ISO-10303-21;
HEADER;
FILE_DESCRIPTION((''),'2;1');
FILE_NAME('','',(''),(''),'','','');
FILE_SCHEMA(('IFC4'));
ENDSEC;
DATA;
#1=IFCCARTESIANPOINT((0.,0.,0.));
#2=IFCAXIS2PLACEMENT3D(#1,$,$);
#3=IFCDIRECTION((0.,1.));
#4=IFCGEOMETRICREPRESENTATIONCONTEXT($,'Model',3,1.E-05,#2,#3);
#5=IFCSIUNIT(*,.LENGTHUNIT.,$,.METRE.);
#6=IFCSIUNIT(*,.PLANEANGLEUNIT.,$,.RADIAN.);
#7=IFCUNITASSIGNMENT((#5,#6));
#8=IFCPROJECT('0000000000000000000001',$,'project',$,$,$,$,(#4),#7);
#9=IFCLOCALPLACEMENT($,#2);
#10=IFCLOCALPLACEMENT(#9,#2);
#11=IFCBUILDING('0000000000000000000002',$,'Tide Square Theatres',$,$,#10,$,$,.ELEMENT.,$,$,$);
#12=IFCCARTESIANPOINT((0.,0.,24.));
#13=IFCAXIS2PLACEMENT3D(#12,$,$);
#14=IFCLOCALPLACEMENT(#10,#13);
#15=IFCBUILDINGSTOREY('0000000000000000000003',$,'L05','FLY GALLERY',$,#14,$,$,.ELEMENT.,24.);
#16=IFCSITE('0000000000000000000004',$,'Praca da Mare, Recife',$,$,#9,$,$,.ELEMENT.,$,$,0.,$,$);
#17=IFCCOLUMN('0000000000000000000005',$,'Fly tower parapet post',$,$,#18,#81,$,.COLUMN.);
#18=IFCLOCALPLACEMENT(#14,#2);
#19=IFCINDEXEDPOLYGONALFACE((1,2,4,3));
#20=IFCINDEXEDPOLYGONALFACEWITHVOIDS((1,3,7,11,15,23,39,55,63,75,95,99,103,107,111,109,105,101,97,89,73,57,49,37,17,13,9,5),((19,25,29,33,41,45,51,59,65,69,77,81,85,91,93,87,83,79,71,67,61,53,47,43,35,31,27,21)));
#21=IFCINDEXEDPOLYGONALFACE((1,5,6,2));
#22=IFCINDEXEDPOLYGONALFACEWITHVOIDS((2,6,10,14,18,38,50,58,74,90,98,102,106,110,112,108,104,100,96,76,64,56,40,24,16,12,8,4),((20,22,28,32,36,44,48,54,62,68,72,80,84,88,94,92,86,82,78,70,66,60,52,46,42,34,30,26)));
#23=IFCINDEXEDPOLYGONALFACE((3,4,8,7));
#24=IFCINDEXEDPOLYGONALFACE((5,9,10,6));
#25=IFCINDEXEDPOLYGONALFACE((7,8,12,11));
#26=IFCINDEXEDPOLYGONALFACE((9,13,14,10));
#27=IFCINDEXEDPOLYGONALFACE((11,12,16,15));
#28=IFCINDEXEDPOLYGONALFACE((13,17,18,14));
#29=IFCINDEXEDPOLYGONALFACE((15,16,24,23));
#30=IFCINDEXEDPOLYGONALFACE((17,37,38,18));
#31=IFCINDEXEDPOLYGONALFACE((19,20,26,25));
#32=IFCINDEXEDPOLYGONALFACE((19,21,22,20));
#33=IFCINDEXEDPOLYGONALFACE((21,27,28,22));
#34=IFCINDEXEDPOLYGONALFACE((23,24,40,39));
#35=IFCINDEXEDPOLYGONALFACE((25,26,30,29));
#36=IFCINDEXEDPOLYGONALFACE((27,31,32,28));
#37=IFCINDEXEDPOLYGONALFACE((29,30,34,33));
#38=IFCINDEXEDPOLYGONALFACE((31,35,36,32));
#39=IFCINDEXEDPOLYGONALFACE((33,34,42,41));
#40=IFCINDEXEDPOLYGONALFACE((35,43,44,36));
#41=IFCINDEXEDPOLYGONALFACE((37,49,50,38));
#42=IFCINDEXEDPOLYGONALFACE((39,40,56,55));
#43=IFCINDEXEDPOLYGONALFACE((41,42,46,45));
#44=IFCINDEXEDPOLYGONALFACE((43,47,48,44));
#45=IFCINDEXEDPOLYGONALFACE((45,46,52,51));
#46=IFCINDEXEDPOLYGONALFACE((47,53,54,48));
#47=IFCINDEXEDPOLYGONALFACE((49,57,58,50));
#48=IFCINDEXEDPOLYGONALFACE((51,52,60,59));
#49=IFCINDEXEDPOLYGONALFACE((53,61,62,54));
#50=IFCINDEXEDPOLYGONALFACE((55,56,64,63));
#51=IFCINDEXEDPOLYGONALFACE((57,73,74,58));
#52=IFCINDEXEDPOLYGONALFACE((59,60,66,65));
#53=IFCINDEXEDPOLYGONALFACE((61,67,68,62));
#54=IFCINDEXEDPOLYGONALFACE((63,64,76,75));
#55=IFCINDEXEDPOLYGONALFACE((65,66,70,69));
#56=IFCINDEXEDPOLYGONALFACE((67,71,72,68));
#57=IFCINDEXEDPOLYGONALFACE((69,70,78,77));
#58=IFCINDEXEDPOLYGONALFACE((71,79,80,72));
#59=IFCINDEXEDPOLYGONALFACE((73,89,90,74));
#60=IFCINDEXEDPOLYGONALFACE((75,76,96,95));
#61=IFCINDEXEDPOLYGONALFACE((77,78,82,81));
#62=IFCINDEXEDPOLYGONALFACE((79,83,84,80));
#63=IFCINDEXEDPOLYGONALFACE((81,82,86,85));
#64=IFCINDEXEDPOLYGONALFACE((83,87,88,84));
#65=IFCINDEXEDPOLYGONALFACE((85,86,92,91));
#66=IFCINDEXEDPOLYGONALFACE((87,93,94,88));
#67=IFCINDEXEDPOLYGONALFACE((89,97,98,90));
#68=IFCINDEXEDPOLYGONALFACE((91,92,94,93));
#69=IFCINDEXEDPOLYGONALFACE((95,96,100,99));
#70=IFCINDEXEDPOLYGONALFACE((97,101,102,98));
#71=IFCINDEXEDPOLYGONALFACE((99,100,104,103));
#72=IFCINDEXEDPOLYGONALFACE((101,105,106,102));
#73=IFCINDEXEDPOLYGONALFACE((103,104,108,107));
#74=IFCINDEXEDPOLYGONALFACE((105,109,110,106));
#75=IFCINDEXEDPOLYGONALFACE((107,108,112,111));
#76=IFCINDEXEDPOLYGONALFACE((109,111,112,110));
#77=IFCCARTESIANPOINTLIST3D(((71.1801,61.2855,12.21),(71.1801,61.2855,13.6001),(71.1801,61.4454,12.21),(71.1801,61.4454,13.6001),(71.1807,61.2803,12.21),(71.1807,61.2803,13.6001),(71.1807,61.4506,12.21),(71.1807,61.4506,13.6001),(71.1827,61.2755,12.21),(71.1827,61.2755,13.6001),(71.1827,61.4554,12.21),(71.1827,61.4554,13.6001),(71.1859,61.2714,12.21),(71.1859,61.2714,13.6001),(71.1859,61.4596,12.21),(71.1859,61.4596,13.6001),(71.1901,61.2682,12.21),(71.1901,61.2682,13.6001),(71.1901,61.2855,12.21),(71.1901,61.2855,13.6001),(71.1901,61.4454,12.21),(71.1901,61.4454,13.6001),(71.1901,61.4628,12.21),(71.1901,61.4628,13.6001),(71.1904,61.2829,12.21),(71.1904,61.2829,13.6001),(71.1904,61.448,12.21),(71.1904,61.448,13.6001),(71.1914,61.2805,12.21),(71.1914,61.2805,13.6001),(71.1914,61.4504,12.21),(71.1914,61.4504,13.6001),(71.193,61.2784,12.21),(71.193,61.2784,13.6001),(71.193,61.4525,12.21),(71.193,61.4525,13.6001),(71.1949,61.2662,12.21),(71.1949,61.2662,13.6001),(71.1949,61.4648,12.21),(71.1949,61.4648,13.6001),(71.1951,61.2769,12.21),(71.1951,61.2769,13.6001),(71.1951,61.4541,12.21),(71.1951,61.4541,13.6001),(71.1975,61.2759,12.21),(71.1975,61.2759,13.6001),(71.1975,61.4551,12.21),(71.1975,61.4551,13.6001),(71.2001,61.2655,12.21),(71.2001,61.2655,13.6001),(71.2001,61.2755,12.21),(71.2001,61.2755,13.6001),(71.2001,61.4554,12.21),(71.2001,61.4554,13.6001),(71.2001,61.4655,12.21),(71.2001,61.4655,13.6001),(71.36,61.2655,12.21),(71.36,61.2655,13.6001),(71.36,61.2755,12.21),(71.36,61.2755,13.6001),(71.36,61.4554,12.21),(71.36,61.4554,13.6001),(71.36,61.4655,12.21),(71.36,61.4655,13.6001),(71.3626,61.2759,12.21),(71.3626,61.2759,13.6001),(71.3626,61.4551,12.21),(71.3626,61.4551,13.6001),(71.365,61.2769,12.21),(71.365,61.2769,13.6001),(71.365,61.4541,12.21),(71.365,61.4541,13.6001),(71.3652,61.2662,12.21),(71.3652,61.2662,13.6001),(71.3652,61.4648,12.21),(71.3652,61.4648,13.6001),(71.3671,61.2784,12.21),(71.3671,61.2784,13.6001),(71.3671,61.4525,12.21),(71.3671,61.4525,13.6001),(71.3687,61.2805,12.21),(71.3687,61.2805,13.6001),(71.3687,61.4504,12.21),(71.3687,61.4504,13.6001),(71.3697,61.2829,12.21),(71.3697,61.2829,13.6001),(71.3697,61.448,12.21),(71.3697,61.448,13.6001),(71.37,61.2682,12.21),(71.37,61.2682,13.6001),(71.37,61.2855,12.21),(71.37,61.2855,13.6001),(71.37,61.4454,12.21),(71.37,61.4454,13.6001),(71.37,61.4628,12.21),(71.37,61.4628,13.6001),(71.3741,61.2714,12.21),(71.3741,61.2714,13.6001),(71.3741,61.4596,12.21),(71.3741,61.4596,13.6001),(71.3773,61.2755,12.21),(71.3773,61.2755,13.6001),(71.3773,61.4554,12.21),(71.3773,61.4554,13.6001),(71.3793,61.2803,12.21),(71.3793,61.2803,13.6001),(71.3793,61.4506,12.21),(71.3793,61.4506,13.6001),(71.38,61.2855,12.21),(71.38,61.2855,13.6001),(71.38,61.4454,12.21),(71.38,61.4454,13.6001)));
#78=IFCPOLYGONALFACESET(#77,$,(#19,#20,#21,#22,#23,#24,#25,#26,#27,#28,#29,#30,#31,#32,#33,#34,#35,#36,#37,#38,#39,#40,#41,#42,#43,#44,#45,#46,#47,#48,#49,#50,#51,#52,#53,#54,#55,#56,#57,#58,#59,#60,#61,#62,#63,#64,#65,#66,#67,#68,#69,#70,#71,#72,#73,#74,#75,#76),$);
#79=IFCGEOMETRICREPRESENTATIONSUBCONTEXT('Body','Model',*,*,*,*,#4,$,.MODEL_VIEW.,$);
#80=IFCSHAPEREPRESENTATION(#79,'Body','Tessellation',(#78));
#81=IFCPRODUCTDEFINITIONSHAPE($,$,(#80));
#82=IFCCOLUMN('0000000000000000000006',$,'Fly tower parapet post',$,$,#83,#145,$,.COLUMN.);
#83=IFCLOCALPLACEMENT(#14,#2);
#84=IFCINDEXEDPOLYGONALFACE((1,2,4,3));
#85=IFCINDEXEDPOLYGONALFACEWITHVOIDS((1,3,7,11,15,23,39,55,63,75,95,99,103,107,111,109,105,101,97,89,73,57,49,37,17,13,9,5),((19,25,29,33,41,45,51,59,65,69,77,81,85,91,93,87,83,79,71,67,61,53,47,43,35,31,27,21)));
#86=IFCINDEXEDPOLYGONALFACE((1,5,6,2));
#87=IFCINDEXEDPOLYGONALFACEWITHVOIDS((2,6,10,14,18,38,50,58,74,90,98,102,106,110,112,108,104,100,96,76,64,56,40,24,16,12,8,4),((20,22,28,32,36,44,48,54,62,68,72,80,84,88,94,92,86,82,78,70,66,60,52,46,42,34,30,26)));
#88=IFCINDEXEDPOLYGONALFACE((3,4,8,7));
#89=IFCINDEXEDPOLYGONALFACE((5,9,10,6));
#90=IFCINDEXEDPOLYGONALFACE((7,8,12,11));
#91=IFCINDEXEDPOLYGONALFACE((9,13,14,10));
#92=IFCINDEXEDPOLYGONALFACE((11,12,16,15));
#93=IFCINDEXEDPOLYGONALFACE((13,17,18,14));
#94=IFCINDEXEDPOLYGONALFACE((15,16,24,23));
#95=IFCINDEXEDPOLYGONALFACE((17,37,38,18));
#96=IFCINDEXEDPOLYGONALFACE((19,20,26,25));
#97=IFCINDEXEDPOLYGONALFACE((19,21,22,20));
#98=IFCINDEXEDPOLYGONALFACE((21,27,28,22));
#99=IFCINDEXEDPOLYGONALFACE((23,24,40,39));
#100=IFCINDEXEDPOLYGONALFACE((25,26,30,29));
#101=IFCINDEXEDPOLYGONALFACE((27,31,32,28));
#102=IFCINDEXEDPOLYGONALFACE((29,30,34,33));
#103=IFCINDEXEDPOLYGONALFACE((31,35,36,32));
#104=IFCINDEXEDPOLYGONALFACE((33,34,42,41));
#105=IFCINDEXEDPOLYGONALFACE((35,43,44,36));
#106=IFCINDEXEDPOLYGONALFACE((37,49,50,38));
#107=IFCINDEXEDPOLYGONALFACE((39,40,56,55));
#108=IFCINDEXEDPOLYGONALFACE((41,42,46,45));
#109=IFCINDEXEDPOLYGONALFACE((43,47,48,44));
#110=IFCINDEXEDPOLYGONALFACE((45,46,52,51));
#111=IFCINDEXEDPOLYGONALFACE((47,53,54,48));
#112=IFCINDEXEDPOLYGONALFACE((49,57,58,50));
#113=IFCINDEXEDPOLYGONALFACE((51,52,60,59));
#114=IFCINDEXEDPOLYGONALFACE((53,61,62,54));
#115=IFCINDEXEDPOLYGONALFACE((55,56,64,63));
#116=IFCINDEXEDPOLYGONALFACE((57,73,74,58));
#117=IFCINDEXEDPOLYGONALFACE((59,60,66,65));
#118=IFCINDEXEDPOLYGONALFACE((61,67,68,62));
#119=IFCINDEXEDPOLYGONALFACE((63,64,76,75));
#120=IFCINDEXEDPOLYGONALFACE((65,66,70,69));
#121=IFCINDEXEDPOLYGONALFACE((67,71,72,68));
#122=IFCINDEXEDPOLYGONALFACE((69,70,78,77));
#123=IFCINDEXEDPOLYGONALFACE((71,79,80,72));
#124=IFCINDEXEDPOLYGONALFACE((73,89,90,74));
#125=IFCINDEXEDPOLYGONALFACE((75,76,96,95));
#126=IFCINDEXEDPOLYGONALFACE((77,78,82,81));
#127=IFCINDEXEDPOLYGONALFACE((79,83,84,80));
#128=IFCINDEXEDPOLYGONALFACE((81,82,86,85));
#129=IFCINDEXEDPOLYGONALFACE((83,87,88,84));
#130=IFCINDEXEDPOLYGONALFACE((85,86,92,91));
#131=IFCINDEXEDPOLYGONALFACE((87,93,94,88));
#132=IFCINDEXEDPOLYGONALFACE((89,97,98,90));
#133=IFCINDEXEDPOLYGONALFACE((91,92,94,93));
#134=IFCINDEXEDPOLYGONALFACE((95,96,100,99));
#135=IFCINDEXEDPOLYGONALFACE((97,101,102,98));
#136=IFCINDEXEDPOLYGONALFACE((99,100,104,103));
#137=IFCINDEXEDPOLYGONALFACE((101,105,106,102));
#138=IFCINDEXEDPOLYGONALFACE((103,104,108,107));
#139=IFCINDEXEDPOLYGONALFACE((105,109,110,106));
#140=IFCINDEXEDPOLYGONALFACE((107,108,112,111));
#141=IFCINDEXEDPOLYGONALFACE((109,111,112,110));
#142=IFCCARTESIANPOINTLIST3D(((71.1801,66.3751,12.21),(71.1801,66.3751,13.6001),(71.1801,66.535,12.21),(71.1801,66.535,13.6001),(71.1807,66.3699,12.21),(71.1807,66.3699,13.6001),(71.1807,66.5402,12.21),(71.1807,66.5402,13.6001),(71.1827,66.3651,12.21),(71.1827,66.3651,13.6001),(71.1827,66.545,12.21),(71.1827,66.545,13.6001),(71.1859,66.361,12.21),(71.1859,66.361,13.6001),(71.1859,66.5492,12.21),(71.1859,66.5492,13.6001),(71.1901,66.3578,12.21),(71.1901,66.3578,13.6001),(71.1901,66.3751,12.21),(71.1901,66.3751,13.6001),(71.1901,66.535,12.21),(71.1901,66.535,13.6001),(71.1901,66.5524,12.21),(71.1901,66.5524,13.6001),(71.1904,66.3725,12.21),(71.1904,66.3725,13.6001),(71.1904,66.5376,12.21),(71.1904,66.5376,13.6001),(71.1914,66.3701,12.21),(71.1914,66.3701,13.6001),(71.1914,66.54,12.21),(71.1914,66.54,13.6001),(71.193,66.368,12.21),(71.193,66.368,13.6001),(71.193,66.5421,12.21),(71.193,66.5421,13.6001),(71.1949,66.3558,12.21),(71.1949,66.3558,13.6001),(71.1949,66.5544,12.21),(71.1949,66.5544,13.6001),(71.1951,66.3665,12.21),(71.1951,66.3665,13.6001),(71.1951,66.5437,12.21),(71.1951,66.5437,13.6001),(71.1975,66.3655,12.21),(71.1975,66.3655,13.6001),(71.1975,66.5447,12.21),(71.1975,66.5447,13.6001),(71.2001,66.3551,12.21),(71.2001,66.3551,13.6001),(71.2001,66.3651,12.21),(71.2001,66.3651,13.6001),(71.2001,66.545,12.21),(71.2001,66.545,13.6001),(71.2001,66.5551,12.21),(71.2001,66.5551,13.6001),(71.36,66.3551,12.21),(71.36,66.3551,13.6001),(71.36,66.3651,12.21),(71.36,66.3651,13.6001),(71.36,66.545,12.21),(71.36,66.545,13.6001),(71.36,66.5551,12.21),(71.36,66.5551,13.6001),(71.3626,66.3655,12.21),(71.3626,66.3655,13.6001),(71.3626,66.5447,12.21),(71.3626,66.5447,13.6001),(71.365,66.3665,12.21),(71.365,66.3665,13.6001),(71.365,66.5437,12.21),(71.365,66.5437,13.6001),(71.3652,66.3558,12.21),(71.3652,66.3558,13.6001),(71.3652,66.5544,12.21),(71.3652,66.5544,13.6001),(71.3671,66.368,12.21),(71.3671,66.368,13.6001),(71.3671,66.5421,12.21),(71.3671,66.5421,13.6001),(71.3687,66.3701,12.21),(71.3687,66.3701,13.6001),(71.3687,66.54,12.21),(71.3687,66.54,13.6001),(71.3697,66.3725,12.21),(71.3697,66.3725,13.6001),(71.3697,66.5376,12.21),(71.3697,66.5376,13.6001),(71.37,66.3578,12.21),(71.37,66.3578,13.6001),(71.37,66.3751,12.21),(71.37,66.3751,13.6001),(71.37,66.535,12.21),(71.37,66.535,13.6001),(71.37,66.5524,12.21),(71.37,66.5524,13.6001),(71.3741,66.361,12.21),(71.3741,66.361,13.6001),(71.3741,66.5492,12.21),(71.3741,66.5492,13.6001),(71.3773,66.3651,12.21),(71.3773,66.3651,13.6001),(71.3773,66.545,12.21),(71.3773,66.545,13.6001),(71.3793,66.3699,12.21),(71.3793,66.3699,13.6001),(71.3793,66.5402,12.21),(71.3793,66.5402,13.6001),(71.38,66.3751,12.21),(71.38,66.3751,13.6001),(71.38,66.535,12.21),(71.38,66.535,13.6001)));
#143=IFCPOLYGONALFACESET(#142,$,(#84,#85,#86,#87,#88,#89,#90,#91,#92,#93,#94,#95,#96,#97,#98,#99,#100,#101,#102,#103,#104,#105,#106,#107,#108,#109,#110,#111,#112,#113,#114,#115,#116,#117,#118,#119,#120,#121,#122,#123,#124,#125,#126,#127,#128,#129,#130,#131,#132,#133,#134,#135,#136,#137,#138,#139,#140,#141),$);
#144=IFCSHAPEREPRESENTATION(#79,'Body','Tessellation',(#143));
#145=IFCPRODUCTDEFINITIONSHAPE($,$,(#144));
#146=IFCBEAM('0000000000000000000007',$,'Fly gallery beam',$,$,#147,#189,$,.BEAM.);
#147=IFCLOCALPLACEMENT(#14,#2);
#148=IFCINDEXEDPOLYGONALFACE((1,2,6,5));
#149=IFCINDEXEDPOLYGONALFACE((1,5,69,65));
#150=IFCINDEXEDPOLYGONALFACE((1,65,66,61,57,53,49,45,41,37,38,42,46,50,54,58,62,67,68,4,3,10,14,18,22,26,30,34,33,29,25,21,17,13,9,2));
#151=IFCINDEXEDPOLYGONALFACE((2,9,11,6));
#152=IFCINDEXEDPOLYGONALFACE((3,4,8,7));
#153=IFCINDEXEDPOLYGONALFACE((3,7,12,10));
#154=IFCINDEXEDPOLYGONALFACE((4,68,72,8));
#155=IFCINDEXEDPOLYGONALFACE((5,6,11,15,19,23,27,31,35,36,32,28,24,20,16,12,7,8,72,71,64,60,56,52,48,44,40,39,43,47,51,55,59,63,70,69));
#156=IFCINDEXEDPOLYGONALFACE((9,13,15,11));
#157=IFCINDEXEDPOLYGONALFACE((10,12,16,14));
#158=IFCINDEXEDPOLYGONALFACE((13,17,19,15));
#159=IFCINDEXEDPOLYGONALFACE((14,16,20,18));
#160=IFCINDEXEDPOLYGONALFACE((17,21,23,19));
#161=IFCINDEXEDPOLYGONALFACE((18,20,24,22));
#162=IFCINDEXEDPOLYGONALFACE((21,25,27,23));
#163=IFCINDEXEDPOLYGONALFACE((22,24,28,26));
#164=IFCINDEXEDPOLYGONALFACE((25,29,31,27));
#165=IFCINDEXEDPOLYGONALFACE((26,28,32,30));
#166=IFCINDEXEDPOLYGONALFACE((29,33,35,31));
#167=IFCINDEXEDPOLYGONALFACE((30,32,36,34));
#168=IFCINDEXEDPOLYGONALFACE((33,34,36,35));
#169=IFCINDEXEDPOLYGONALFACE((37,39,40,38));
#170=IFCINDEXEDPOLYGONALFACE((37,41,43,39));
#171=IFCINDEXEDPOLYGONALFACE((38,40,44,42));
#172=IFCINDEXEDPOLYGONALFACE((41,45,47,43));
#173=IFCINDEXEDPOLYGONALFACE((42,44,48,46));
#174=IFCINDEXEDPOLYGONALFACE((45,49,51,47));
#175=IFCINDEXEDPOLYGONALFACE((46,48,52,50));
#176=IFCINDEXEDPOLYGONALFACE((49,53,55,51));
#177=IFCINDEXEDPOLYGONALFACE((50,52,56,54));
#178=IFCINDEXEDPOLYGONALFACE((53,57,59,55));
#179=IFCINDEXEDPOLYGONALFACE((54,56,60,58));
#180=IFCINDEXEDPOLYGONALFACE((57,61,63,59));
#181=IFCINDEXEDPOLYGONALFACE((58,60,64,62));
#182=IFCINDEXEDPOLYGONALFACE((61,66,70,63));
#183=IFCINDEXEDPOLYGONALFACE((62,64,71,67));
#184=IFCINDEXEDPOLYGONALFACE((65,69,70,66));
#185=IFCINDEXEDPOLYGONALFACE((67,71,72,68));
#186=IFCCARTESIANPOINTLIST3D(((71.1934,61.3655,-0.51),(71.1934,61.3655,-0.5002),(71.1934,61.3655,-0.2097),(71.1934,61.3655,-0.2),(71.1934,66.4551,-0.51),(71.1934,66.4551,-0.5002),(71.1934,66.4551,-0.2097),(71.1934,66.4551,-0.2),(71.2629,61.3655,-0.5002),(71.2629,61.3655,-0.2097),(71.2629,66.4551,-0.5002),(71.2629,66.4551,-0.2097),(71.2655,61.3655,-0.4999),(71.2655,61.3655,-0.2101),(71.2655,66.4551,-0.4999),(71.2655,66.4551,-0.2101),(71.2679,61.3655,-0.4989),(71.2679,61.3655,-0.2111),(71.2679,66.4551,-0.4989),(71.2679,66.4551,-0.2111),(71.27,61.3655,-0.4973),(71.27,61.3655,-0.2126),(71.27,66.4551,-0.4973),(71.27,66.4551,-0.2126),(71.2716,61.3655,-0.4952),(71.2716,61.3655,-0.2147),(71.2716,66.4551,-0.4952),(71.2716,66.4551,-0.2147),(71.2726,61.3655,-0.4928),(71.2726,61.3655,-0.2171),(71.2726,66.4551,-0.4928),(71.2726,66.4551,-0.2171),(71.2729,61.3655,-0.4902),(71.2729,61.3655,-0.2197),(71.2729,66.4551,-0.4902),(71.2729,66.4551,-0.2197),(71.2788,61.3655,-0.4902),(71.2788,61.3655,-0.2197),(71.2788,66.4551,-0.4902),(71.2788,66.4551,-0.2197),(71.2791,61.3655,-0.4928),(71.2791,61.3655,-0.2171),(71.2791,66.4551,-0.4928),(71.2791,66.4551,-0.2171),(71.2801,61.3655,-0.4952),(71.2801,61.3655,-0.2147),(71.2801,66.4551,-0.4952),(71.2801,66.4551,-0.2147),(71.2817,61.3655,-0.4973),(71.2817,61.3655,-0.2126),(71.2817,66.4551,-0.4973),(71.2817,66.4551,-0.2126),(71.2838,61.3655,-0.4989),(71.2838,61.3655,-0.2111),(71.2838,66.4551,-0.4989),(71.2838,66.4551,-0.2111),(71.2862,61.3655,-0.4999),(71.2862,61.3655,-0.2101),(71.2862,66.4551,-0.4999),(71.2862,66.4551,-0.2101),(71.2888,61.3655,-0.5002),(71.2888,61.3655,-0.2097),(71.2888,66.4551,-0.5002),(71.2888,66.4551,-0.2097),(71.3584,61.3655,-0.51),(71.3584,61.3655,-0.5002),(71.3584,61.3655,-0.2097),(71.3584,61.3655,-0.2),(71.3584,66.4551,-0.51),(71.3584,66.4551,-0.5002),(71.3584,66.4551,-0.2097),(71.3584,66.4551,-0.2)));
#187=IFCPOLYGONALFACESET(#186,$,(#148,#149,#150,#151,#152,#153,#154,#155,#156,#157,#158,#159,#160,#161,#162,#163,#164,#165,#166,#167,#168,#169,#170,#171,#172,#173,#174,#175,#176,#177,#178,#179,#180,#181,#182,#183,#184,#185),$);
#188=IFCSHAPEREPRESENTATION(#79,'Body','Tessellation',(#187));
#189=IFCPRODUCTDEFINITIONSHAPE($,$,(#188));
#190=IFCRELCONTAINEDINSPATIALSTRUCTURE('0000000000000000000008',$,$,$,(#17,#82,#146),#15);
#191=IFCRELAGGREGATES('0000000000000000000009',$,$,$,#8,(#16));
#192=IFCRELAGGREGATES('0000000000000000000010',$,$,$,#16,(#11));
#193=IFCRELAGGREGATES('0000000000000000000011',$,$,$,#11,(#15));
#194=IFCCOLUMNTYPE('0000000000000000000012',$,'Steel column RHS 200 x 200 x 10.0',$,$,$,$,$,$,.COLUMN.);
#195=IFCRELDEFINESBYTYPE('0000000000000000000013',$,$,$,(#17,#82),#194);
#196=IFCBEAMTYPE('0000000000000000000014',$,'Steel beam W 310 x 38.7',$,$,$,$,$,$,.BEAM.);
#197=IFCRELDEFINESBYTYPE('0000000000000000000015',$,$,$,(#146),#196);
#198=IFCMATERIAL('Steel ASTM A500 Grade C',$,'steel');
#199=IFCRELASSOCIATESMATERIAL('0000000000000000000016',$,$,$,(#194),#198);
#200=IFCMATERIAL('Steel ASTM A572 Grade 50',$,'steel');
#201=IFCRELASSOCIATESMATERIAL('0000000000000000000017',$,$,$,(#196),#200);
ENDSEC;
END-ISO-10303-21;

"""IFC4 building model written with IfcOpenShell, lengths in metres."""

from ifc_helpers import new_model, si_unit, direction, frame, origin, origin_2d, place, context, subcontext, project, spatial, hollow_rectangle, i_section, extrude, material, material_profile, profile_set, type_object, element, save


model = new_model("IFC4")

# Units and contexts
model_context = context("Model", 3, precision=1e-05, world=origin(), true_north=direction((0.0, 1.0)))
body_context = subcontext(model_context, "Body", "Model", "MODEL_VIEW")
ifc_project = project(units=[si_unit("LENGTHUNIT", "METRE"), si_unit("PLANEANGLEUNIT", "RADIAN")], contexts=[model_context])

# Site, building, storey
site_placement = place(None, origin())
site = spatial("IfcSite", under=ifc_project, at=site_placement, Name="Praca da Mare, Recife", CompositionType="ELEMENT", RefElevation=0.0)
building_placement = place(site_placement, origin())
building = spatial("IfcBuilding", under=site, at=building_placement, Name="Tide Square Theatres", CompositionType="ELEMENT")
storey_placement = place(building_placement, frame((0.0, 0.0, 24.0)))
storey = spatial("IfcBuildingStorey", under=building, at=storey_placement, Name="L05", Description="FLY GALLERY", CompositionType="ELEMENT", Elevation=24.0)

# Columns
ifc_material_1 = material(Name="Steel ASTM A500 Grade C", Category="steel")
ifc_material_profile_1 = material_profile(ifc_material_1, hollow_rectangle(XDim=0.2, YDim=0.2, WallThickness=0.01, InnerFilletRadius=0.01, OuterFilletRadius=0.02, at=origin_2d()))
ifc_profile_set_1 = profile_set([ifc_material_profile_1], Name="Steel ASTM A500 Grade C")
column_type_1 = type_object("IfcColumnType", Name="Steel column RHS 200 x 200 x 10.0", PredefinedType="COLUMN", material=ifc_profile_set_1)
for number, where, z_axis, x_axis, name in (
    (1, (71.28, 61.3655, 12.21), (0.0, 0.0, 1.0), (1.0, 0.0, 0.0), "Fly tower parapet post"),
    (2, (71.28, 66.4551, 12.21), (0.0, 0.0, 1.0), (1.0, 0.0, 0.0), "Fly tower parapet post"),
):
    element("IfcColumn", number, at=place(storey_placement, frame(where, z_axis=z_axis, x_axis=x_axis)), inside=storey, type_object=column_type_1, Name=name, PredefinedType="COLUMN", context=body_context, shape_type="SweptSolid", body=[
        extrude(hollow_rectangle(XDim=0.2, YDim=0.2, WallThickness=0.01, InnerFilletRadius=0.01, OuterFilletRadius=0.02, at=origin_2d()), origin(), (0.0, 0.0, 1.0), 1.3901),
    ])

# Beam
ifc_material_2 = material(Name="Steel ASTM A572 Grade 50", Category="steel")
ifc_material_profile_2 = material_profile(ifc_material_2, i_section(OverallWidth=0.165, OverallDepth=0.3101, WebThickness=0.0059, FlangeThickness=0.0098, FilletRadius=0.01, at=origin_2d()))
ifc_profile_set_2 = profile_set([ifc_material_profile_2], Name="Steel ASTM A572 Grade 50")
beam_type_1 = type_object("IfcBeamType", Name="Steel beam W 310 x 38.7", PredefinedType="BEAM", material=ifc_profile_set_2)
beam_1_placement = place(storey_placement, frame((71.2759, 61.3655, -0.355), z_axis=(0.0, 1.0, 0.0), x_axis=(-1.0, 0.0, 0.0)))
element("IfcBeam", 3, at=beam_1_placement, inside=storey, type_object=beam_type_1, Name="Fly gallery beam", PredefinedType="BEAM", context=body_context, shape_type="SweptSolid", body=[
    extrude(i_section(OverallWidth=0.165, OverallDepth=0.3101, WebThickness=0.0059, FlangeThickness=0.0098, FilletRadius=0.01, at=origin_2d()), origin(), (0.0, 0.0, 1.0), 5.0896),
])

save(model, "model.ifc")
